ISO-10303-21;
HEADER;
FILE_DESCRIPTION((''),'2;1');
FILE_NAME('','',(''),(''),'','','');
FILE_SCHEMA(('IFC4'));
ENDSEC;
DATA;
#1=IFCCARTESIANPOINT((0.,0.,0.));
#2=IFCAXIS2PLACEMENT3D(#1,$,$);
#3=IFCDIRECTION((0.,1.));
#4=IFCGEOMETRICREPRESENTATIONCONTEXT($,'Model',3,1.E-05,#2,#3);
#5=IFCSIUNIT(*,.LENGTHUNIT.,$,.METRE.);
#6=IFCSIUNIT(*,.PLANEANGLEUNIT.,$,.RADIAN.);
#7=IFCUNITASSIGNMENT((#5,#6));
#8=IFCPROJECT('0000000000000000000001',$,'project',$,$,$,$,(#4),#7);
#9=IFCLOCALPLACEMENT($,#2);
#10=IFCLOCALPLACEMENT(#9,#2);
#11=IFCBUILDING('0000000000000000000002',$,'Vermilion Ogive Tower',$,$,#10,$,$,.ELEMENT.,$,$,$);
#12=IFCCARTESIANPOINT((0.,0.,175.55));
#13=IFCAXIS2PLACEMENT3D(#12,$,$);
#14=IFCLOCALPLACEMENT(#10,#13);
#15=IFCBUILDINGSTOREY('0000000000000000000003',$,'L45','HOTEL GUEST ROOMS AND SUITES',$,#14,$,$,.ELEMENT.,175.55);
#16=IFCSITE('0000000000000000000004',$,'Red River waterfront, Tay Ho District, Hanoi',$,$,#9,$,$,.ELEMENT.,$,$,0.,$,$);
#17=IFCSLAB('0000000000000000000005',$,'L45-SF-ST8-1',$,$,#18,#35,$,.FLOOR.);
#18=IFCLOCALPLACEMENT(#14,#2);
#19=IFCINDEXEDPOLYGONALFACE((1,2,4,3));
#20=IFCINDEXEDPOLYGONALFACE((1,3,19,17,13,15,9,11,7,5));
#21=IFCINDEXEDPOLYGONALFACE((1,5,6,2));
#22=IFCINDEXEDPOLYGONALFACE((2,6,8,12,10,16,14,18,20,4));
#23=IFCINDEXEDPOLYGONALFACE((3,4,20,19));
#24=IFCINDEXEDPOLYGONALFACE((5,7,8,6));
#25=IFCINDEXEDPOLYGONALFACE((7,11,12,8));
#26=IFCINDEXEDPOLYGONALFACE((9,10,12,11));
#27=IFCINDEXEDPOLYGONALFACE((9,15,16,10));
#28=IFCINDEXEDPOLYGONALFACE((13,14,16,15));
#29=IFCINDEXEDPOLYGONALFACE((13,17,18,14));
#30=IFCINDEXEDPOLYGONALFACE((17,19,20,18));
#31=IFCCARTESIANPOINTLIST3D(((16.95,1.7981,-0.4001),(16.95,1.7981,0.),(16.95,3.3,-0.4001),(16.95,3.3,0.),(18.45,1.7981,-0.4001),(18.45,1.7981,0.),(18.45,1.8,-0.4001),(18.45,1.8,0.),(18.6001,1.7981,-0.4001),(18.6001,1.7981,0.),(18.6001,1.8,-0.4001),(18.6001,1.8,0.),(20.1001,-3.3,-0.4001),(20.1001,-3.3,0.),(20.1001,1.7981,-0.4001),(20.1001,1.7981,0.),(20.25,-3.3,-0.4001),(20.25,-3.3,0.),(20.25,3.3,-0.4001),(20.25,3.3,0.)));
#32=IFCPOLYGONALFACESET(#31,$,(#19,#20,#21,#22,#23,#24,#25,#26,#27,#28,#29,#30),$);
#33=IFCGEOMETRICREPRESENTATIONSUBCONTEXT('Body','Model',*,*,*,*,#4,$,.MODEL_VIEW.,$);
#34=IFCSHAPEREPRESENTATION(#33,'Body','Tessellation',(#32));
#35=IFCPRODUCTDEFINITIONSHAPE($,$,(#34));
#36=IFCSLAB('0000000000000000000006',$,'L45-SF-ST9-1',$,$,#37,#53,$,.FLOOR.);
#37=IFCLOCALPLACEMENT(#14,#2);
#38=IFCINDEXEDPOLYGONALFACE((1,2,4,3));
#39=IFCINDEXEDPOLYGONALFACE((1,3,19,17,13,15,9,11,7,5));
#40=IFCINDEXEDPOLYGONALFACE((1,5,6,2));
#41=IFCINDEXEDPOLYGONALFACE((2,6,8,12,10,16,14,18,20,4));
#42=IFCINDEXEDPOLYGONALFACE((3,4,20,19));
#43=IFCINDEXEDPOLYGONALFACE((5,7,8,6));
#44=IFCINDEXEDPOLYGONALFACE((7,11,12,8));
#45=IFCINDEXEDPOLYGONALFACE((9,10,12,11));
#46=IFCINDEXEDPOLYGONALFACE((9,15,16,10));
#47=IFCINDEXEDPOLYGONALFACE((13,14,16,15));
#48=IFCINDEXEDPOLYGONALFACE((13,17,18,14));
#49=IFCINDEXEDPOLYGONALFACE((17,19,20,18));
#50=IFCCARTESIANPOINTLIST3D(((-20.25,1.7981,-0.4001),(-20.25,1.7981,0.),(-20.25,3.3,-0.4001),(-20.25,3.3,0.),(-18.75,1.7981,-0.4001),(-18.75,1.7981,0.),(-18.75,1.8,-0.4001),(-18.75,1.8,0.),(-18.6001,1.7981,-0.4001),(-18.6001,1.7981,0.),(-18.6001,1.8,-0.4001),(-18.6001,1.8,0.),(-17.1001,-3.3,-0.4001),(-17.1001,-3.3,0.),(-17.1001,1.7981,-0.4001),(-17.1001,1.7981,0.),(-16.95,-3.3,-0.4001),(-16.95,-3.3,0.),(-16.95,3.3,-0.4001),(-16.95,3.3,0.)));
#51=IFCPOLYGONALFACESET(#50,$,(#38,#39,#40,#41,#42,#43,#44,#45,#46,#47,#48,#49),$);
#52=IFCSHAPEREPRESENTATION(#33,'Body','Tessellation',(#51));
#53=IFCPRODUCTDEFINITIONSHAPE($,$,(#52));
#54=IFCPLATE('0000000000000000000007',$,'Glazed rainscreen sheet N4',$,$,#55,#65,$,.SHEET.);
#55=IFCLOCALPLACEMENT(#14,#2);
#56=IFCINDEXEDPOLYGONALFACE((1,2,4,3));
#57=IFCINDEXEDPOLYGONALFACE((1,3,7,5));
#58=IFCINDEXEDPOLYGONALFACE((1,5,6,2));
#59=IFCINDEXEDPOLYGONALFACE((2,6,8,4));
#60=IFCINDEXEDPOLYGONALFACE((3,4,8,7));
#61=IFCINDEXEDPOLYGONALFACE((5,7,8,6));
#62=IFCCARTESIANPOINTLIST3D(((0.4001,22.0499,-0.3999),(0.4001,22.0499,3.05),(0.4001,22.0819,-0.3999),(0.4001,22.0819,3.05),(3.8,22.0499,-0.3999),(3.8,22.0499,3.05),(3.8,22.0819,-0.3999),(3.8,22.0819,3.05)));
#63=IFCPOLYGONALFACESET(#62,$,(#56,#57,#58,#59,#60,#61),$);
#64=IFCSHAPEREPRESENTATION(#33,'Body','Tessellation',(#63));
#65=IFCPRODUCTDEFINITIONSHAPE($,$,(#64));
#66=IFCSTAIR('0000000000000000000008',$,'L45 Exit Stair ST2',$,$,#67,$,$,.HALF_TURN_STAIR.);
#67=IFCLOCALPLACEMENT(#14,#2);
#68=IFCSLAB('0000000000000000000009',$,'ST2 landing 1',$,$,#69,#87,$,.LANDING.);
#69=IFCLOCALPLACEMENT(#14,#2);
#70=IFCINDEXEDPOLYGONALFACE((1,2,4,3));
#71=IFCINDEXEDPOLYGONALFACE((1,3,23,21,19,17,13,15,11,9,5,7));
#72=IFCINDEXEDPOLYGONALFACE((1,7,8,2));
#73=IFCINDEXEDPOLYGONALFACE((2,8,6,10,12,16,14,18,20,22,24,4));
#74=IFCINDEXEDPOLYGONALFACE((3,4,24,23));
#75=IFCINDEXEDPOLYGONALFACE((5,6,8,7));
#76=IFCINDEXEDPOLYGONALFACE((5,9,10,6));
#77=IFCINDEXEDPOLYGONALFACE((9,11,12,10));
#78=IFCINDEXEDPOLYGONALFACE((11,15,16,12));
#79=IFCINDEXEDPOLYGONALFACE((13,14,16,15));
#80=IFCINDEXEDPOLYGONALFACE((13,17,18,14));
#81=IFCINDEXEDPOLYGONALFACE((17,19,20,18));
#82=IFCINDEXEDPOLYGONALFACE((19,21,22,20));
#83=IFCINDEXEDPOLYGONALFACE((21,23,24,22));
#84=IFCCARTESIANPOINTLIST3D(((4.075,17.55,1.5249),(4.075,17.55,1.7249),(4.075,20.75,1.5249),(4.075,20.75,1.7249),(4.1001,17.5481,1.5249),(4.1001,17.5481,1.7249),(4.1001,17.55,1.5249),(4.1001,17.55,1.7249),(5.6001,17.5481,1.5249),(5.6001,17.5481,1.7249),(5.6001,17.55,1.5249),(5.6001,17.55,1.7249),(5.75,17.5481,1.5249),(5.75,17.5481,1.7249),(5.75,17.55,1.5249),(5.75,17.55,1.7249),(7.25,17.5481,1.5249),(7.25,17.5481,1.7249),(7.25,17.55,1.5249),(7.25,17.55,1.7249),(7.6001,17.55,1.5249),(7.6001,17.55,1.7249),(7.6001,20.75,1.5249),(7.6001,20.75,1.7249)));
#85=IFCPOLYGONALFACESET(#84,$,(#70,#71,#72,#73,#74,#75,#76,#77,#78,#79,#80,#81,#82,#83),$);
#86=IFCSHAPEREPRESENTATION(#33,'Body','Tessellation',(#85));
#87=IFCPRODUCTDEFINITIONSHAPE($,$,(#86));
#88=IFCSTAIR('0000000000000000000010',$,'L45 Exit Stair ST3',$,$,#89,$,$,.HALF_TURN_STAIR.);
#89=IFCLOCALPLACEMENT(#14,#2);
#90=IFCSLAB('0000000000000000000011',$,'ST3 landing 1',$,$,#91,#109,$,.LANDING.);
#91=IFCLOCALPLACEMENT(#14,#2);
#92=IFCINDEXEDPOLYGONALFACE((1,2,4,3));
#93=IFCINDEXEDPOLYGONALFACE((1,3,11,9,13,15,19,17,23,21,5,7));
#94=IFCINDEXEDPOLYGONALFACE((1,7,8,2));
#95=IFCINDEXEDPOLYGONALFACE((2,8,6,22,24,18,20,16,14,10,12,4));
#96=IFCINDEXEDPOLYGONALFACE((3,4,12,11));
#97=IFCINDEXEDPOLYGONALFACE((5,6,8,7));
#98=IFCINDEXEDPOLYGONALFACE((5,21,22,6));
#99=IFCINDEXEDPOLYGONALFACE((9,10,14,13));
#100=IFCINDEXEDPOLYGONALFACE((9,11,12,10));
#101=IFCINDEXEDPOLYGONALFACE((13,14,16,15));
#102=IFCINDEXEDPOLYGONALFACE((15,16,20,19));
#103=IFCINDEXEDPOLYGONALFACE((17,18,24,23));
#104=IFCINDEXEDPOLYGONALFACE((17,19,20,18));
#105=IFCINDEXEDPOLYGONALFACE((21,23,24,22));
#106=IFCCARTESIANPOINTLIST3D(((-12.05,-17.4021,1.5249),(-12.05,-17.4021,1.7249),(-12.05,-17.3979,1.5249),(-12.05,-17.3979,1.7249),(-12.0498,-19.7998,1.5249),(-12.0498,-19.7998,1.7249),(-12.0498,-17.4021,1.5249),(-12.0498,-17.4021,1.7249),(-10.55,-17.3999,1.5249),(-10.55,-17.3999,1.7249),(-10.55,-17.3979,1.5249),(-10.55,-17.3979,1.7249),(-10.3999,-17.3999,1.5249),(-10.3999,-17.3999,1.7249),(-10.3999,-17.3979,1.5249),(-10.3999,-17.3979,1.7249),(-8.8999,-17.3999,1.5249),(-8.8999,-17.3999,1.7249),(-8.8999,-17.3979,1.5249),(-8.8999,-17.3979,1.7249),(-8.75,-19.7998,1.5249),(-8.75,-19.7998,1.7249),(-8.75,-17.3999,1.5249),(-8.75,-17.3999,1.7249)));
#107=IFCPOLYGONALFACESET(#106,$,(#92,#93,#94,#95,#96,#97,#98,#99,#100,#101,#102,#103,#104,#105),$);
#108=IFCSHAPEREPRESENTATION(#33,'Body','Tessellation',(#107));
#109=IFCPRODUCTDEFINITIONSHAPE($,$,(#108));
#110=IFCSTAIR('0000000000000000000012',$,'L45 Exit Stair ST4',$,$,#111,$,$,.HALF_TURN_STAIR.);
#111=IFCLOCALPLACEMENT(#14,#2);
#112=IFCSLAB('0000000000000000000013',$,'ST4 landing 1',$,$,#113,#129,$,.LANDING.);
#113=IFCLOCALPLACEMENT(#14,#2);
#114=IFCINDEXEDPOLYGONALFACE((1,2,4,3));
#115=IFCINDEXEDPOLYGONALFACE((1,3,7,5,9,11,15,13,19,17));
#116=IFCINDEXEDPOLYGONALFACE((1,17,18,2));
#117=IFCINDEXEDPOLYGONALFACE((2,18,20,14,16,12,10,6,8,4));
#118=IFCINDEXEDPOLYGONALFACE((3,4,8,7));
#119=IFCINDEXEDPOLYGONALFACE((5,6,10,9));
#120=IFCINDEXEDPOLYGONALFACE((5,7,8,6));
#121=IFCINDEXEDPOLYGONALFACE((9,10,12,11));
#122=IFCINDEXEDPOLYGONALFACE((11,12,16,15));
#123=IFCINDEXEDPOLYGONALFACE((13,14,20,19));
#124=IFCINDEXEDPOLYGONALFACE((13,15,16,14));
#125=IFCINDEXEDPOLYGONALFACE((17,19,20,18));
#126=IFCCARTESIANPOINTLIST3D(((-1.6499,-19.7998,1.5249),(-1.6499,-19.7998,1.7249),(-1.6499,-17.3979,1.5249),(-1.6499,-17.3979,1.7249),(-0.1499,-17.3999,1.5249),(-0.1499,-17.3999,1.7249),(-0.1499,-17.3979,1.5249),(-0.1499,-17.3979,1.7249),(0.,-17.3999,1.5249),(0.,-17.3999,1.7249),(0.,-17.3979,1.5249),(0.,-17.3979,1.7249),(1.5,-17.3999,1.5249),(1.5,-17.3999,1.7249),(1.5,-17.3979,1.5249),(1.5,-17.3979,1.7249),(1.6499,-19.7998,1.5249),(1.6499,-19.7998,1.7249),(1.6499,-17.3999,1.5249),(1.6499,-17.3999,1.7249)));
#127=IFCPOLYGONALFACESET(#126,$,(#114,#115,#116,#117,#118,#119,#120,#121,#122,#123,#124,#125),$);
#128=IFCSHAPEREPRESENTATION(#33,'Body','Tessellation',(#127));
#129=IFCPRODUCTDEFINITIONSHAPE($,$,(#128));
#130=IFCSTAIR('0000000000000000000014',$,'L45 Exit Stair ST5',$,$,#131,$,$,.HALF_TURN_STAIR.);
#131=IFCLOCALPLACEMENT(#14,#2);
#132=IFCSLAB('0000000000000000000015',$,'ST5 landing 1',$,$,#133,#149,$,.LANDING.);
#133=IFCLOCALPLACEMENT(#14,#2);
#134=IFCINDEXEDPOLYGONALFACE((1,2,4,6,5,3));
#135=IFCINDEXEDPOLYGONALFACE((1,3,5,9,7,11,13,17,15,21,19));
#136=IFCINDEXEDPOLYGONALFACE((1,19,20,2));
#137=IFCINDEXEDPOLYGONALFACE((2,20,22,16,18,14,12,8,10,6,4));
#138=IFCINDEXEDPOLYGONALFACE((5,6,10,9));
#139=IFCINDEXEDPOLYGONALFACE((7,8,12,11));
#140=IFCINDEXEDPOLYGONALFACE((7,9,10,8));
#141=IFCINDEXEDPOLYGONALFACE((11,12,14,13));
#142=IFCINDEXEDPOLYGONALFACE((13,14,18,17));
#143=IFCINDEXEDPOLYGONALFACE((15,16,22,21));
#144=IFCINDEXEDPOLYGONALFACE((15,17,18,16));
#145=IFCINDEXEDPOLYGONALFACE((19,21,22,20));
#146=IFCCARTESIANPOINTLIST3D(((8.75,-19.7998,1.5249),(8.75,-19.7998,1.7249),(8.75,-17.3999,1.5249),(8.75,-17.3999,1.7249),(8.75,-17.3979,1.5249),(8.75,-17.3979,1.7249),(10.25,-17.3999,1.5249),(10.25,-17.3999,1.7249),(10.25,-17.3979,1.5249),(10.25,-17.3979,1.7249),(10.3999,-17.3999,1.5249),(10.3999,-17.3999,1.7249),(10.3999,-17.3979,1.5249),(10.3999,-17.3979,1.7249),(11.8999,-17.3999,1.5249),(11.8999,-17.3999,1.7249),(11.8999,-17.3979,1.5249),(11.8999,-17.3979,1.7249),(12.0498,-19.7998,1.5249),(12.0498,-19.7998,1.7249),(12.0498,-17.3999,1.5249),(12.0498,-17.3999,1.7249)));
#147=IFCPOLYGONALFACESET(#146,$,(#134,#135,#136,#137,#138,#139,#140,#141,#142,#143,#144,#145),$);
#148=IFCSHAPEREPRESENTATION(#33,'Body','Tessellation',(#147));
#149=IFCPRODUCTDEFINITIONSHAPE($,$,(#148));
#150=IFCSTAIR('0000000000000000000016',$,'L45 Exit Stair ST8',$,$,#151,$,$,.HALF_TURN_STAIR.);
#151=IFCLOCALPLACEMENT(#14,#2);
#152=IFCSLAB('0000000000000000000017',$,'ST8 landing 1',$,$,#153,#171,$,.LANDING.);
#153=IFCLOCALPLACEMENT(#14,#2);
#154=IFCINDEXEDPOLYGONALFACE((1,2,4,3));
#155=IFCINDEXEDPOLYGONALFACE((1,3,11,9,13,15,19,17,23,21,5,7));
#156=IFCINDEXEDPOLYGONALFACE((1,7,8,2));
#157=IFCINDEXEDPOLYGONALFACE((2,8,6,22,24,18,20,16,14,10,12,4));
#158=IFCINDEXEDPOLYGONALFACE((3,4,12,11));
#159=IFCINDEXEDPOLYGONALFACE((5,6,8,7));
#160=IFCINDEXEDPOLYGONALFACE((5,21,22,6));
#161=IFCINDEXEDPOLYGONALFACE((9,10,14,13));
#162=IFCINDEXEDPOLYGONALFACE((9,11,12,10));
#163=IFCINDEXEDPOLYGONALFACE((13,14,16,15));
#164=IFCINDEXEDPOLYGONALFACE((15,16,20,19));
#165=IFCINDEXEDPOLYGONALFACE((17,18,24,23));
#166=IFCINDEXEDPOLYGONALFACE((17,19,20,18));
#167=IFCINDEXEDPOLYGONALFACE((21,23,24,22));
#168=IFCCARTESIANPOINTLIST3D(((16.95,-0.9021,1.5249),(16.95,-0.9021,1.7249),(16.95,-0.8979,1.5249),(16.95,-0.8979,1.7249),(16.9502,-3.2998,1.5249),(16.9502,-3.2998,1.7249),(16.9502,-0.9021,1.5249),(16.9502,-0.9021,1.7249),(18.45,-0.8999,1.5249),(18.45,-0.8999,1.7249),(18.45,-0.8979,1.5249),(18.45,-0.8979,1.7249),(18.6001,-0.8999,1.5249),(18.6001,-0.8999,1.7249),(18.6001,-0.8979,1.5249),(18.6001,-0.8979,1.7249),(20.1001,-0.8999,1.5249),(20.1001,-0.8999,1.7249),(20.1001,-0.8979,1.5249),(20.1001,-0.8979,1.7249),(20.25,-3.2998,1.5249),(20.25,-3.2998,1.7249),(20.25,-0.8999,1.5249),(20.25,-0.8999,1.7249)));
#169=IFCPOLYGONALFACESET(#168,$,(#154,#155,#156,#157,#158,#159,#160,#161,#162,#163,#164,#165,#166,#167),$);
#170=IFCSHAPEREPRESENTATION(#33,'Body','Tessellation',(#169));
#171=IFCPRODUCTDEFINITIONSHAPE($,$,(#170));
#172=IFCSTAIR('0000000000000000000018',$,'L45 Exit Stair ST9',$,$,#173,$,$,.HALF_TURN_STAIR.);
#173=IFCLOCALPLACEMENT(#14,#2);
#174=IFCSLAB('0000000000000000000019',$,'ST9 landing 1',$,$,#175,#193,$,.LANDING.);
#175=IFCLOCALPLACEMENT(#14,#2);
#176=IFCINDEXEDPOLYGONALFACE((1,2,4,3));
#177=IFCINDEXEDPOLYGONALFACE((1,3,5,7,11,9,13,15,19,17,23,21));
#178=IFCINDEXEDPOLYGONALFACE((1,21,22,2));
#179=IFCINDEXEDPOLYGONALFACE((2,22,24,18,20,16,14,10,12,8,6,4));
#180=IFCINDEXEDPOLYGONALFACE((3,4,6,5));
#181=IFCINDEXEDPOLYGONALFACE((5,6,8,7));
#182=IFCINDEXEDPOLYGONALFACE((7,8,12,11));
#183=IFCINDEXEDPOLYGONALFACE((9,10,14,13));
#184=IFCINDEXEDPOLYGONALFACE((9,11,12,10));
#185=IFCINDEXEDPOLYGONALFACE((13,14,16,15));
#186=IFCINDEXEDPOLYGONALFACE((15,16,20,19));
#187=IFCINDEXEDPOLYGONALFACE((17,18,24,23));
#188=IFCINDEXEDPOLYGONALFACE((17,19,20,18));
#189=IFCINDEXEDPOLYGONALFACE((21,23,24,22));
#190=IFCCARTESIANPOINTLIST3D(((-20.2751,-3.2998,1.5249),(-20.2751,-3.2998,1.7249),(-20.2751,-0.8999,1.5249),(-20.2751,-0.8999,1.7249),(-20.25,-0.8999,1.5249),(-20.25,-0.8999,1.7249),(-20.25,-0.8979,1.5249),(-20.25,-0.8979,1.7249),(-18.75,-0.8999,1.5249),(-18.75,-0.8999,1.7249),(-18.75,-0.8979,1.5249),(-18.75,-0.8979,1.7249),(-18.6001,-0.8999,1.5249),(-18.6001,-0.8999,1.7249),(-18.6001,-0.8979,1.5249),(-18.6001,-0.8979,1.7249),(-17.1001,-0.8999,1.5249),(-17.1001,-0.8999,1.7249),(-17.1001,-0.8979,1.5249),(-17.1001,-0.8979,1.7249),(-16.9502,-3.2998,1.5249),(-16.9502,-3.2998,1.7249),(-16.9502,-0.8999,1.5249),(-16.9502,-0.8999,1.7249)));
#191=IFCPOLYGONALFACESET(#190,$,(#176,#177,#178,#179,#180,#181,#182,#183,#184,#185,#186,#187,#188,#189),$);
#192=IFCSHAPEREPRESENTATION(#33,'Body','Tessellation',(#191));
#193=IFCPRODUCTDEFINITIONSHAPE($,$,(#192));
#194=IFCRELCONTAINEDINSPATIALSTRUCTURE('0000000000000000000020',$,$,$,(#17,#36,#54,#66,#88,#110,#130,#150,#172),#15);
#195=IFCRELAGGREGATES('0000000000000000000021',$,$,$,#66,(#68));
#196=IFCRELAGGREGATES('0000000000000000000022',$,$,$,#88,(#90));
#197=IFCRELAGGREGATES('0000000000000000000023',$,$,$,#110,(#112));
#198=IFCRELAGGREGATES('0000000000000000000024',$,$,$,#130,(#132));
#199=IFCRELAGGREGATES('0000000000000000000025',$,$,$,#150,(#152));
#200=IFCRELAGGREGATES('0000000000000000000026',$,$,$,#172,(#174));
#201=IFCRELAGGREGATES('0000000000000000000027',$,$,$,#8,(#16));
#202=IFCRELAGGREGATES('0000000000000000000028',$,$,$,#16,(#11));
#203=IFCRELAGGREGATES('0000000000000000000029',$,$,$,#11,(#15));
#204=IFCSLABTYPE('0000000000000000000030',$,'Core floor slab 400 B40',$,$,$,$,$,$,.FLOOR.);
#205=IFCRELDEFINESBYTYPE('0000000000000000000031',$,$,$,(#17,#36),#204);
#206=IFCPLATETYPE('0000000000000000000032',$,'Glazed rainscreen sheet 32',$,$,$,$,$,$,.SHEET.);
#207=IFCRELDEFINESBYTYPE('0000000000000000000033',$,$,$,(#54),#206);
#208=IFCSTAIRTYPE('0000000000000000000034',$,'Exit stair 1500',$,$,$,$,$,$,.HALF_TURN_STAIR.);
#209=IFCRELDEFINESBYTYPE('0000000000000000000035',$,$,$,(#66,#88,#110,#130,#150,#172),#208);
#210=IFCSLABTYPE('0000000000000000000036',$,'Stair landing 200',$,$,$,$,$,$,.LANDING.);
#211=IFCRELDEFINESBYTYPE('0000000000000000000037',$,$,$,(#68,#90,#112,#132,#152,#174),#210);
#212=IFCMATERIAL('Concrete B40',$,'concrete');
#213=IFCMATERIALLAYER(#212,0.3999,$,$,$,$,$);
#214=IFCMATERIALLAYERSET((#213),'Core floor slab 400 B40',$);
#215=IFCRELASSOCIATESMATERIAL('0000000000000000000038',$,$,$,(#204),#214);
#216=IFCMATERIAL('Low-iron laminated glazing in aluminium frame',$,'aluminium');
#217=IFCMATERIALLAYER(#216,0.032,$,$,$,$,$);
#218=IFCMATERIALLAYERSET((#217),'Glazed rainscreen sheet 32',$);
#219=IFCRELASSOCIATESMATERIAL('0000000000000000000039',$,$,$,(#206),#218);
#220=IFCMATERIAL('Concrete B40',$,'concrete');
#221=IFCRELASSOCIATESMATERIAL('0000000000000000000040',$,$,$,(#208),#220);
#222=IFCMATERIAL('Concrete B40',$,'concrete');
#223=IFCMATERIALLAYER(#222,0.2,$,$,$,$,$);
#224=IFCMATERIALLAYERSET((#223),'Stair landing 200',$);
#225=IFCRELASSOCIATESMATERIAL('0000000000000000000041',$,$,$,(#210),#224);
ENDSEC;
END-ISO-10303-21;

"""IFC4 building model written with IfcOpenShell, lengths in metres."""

from ifc_helpers import new_model, si_unit, direction, frame, origin, origin_2d, place, context, subcontext, project, spatial, polyline, rectangle, outline, extrude, material, layer, layer_set, type_object, element, aggregate, save


model = new_model("IFC4")

# Units and contexts
model_context = context("Model", 3, precision=1e-05, world=origin(), true_north=direction((0.0, 1.0)))
body_context = subcontext(model_context, "Body", "Model", "MODEL_VIEW")
ifc_project = project(units=[si_unit("LENGTHUNIT", "METRE"), si_unit("PLANEANGLEUNIT", "RADIAN")], contexts=[model_context])

# Site, building, storey
site_placement = place(None, origin())
site = spatial("IfcSite", under=ifc_project, at=site_placement, Name="Red River waterfront, Tay Ho District, Hanoi", CompositionType="ELEMENT", RefElevation=0.0)
building_placement = place(site_placement, origin())
building = spatial("IfcBuilding", under=site, at=building_placement, Name="Vermilion Ogive Tower", CompositionType="ELEMENT")
storey_placement = place(building_placement, frame((0.0, 0.0, 175.55)))
storey = spatial("IfcBuildingStorey", under=building, at=storey_placement, Name="L45", Description="HOTEL GUEST ROOMS AND SUITES", CompositionType="ELEMENT", Elevation=175.55)

# Slabs
ifc_material_1 = material(Name="Concrete B40", Category="concrete")
ifc_layer_1 = layer(ifc_material_1, 0.3999)
ifc_layer_set_1 = layer_set([ifc_layer_1], Name="Core floor slab 400 B40")
slab_type_1 = type_object("IfcSlabType", Name="Core floor slab 400 B40", PredefinedType="FLOOR", material=ifc_layer_set_1)
slab_1_placement = place(storey_placement, frame((0.0, 0.0, -0.4001)))
element("IfcSlab", 1, at=slab_1_placement, inside=storey, type_object=slab_type_1, Name="L45-SF-ST8-1", PredefinedType="FLOOR", context=body_context, shape_type="SweptSolid", body=[
    extrude(outline(polyline([(16.95, 3.3), (16.95, 1.7981), (18.45, 1.7981), (18.45, 1.8), (18.6001, 1.8), (18.6001, 1.7981), (20.1001, 1.7981), (20.1001, -3.3), (20.25, -3.3), (20.25, 3.3), (16.95, 3.3)])), origin(), (0.0, 0.0, 1.0), 0.4001),
])
slab_2_placement = place(storey_placement, frame((0.0, 0.0, -0.4001)))
element("IfcSlab", 2, at=slab_2_placement, inside=storey, type_object=slab_type_1, Name="L45-SF-ST9-1", PredefinedType="FLOOR", context=body_context, shape_type="SweptSolid", body=[
    extrude(outline(polyline([(-20.25, 3.3), (-20.25, 1.7981), (-18.75, 1.7981), (-18.75, 1.8), (-18.6001, 1.8), (-18.6001, 1.7981), (-17.1001, 1.7981), (-17.1001, -3.3), (-16.95, -3.3), (-16.95, 3.3), (-20.25, 3.3)])), origin(), (0.0, 0.0, 1.0), 0.4001),
])

# Plate
ifc_material_2 = material(Name="Low-iron laminated glazing in aluminium frame", Category="aluminium")
ifc_layer_2 = layer(ifc_material_2, 0.032)
ifc_layer_set_2 = layer_set([ifc_layer_2], Name="Glazed rainscreen sheet 32")
plate_type = type_object("IfcPlateType", Name="Glazed rainscreen sheet 32", PredefinedType="SHEET", material=ifc_layer_set_2)
plate_placement = place(storey_placement, frame((2.1001, 22.0659, -0.3999), z_axis=(0.0, 0.0, 1.0), x_axis=(1.0, 0.0, 0.0)))
element("IfcPlate", 3, at=plate_placement, inside=storey, type_object=plate_type, Name="Glazed rainscreen sheet N4", PredefinedType="SHEET", context=body_context, shape_type="SweptSolid", body=[
    extrude(rectangle(XDim=3.3999, YDim=0.032, at=origin_2d()), origin(), (0.0, 0.0, 1.0), 3.45),
])

# Stairs, slabs
ifc_material_3 = material(Name="Concrete B40", Category="concrete")
stair_type = type_object("IfcStairType", Name="Exit stair 1500", PredefinedType="HALF_TURN_STAIR", material=ifc_material_3)
stair_1_placement = place(storey_placement, origin())
stair_1 = element("IfcStair", 4, at=stair_1_placement, inside=storey, type_object=stair_type, Name="L45 Exit Stair ST2", PredefinedType="HALF_TURN_STAIR")
ifc_material_4 = material(Name="Concrete B40", Category="concrete")
ifc_layer_3 = layer(ifc_material_4, 0.2)
ifc_layer_set_3 = layer_set([ifc_layer_3], Name="Stair landing 200")
slab_type_2 = type_object("IfcSlabType", Name="Stair landing 200", PredefinedType="LANDING", material=ifc_layer_set_3)
slab_3_placement = place(storey_placement, frame((0.0, 0.0, 1.5249)))
slab_3 = element("IfcSlab", 5, at=slab_3_placement, type_object=slab_type_2, Name="ST2 landing 1", PredefinedType="LANDING", context=body_context, shape_type="SweptSolid", body=[
    extrude(outline(polyline([(5.6001, 17.55), (5.75, 17.55), (5.75, 17.5481), (7.25, 17.5481), (7.25, 17.55), (7.6001, 17.55), (7.6001, 20.75), (4.075, 20.75), (4.075, 17.55), (4.1001, 17.55), (4.1001, 17.5481), (5.6001, 17.5481), (5.6001, 17.55)])), origin(), (0.0, 0.0, 1.0), 0.2),
])
aggregate(stair_1, [slab_3])
stair_2_placement = place(storey_placement, origin())
stair_2 = element("IfcStair", 6, at=stair_2_placement, inside=storey, type_object=stair_type, Name="L45 Exit Stair ST3", PredefinedType="HALF_TURN_STAIR")
slab_4_placement = place(storey_placement, frame((0.0, 0.0, 1.5249)))
slab_4 = element("IfcSlab", 7, at=slab_4_placement, type_object=slab_type_2, Name="ST3 landing 1", PredefinedType="LANDING", context=body_context, shape_type="SweptSolid", body=[
    extrude(outline(polyline([(-8.75, -17.3999), (-8.8999, -17.3999), (-8.8999, -17.3979), (-10.3999, -17.3979), (-10.3999, -17.3999), (-10.55, -17.3999), (-10.55, -17.3979), (-12.05, -17.3979), (-12.05, -17.4021), (-12.0498, -17.4021), (-12.0498, -19.7998), (-8.75, -19.7998), (-8.75, -17.3999)])), origin(), (0.0, 0.0, 1.0), 0.2),
])
aggregate(stair_2, [slab_4])
stair_3_placement = place(storey_placement, origin())
stair_3 = element("IfcStair", 8, at=stair_3_placement, inside=storey, type_object=stair_type, Name="L45 Exit Stair ST4", PredefinedType="HALF_TURN_STAIR")
slab_5_placement = place(storey_placement, frame((0.0, 0.0, 1.5249)))
slab_5 = element("IfcSlab", 9, at=slab_5_placement, type_object=slab_type_2, Name="ST4 landing 1", PredefinedType="LANDING", context=body_context, shape_type="SweptSolid", body=[
    extrude(outline(polyline([(1.6499, -17.3999), (1.5, -17.3999), (1.5, -17.3979), (0.0, -17.3979), (0.0, -17.3999), (-0.1499, -17.3999), (-0.1499, -17.3979), (-1.6499, -17.3979), (-1.6499, -19.7998), (1.6499, -19.7998), (1.6499, -17.3999)])), origin(), (0.0, 0.0, 1.0), 0.2),
])
aggregate(stair_3, [slab_5])
stair_4_placement = place(storey_placement, origin())
stair_4 = element("IfcStair", 10, at=stair_4_placement, inside=storey, type_object=stair_type, Name="L45 Exit Stair ST5", PredefinedType="HALF_TURN_STAIR")
slab_6_placement = place(storey_placement, frame((0.0, 0.0, 1.5249)))
slab_6 = element("IfcSlab", 11, at=slab_6_placement, type_object=slab_type_2, Name="ST5 landing 1", PredefinedType="LANDING", context=body_context, shape_type="SweptSolid", body=[
    extrude(outline(polyline([(12.0498, -17.3999), (11.8999, -17.3999), (11.8999, -17.3979), (10.3999, -17.3979), (10.3999, -17.3999), (10.25, -17.3999), (10.25, -17.3979), (8.75, -17.3979), (8.75, -17.3999), (8.75, -17.3999), (8.75, -19.7998), (12.0498, -19.7998), (12.0498, -17.3999)])), origin(), (0.0, 0.0, 1.0), 0.2),
])
aggregate(stair_4, [slab_6])
stair_5_placement = place(storey_placement, origin())
stair_5 = element("IfcStair", 12, at=stair_5_placement, inside=storey, type_object=stair_type, Name="L45 Exit Stair ST8", PredefinedType="HALF_TURN_STAIR")
slab_7_placement = place(storey_placement, frame((0.0, 0.0, 1.5249)))
slab_7 = element("IfcSlab", 13, at=slab_7_placement, type_object=slab_type_2, Name="ST8 landing 1", PredefinedType="LANDING", context=body_context, shape_type="SweptSolid", body=[
    extrude(outline(polyline([(20.25, -0.8999), (20.1001, -0.8999), (20.1001, -0.8979), (18.6001, -0.8979), (18.6001, -0.8999), (18.45, -0.8999), (18.45, -0.8979), (16.95, -0.8979), (16.95, -0.9021), (16.9502, -0.9021), (16.9502, -3.2998), (20.25, -3.2998), (20.25, -0.8999)])), origin(), (0.0, 0.0, 1.0), 0.2),
])
aggregate(stair_5, [slab_7])
stair_6_placement = place(storey_placement, origin())
stair_6 = element("IfcStair", 14, at=stair_6_placement, inside=storey, type_object=stair_type, Name="L45 Exit Stair ST9", PredefinedType="HALF_TURN_STAIR")
slab_8_placement = place(storey_placement, frame((0.0, 0.0, 1.5249)))
slab_8 = element("IfcSlab", 15, at=slab_8_placement, type_object=slab_type_2, Name="ST9 landing 1", PredefinedType="LANDING", context=body_context, shape_type="SweptSolid", body=[
    extrude(outline(polyline([(-16.9502, -0.8999), (-17.1001, -0.8999), (-17.1001, -0.8979), (-18.6001, -0.8979), (-18.6001, -0.8999), (-18.75, -0.8999), (-18.75, -0.8979), (-20.25, -0.8979), (-20.25, -0.8999), (-20.2751, -0.8999), (-20.2751, -3.2998), (-16.9502, -3.2998), (-16.9502, -0.8999)])), origin(), (0.0, 0.0, 1.0), 0.2),
])
aggregate(stair_6, [slab_8])

save(model, "model.ifc")
